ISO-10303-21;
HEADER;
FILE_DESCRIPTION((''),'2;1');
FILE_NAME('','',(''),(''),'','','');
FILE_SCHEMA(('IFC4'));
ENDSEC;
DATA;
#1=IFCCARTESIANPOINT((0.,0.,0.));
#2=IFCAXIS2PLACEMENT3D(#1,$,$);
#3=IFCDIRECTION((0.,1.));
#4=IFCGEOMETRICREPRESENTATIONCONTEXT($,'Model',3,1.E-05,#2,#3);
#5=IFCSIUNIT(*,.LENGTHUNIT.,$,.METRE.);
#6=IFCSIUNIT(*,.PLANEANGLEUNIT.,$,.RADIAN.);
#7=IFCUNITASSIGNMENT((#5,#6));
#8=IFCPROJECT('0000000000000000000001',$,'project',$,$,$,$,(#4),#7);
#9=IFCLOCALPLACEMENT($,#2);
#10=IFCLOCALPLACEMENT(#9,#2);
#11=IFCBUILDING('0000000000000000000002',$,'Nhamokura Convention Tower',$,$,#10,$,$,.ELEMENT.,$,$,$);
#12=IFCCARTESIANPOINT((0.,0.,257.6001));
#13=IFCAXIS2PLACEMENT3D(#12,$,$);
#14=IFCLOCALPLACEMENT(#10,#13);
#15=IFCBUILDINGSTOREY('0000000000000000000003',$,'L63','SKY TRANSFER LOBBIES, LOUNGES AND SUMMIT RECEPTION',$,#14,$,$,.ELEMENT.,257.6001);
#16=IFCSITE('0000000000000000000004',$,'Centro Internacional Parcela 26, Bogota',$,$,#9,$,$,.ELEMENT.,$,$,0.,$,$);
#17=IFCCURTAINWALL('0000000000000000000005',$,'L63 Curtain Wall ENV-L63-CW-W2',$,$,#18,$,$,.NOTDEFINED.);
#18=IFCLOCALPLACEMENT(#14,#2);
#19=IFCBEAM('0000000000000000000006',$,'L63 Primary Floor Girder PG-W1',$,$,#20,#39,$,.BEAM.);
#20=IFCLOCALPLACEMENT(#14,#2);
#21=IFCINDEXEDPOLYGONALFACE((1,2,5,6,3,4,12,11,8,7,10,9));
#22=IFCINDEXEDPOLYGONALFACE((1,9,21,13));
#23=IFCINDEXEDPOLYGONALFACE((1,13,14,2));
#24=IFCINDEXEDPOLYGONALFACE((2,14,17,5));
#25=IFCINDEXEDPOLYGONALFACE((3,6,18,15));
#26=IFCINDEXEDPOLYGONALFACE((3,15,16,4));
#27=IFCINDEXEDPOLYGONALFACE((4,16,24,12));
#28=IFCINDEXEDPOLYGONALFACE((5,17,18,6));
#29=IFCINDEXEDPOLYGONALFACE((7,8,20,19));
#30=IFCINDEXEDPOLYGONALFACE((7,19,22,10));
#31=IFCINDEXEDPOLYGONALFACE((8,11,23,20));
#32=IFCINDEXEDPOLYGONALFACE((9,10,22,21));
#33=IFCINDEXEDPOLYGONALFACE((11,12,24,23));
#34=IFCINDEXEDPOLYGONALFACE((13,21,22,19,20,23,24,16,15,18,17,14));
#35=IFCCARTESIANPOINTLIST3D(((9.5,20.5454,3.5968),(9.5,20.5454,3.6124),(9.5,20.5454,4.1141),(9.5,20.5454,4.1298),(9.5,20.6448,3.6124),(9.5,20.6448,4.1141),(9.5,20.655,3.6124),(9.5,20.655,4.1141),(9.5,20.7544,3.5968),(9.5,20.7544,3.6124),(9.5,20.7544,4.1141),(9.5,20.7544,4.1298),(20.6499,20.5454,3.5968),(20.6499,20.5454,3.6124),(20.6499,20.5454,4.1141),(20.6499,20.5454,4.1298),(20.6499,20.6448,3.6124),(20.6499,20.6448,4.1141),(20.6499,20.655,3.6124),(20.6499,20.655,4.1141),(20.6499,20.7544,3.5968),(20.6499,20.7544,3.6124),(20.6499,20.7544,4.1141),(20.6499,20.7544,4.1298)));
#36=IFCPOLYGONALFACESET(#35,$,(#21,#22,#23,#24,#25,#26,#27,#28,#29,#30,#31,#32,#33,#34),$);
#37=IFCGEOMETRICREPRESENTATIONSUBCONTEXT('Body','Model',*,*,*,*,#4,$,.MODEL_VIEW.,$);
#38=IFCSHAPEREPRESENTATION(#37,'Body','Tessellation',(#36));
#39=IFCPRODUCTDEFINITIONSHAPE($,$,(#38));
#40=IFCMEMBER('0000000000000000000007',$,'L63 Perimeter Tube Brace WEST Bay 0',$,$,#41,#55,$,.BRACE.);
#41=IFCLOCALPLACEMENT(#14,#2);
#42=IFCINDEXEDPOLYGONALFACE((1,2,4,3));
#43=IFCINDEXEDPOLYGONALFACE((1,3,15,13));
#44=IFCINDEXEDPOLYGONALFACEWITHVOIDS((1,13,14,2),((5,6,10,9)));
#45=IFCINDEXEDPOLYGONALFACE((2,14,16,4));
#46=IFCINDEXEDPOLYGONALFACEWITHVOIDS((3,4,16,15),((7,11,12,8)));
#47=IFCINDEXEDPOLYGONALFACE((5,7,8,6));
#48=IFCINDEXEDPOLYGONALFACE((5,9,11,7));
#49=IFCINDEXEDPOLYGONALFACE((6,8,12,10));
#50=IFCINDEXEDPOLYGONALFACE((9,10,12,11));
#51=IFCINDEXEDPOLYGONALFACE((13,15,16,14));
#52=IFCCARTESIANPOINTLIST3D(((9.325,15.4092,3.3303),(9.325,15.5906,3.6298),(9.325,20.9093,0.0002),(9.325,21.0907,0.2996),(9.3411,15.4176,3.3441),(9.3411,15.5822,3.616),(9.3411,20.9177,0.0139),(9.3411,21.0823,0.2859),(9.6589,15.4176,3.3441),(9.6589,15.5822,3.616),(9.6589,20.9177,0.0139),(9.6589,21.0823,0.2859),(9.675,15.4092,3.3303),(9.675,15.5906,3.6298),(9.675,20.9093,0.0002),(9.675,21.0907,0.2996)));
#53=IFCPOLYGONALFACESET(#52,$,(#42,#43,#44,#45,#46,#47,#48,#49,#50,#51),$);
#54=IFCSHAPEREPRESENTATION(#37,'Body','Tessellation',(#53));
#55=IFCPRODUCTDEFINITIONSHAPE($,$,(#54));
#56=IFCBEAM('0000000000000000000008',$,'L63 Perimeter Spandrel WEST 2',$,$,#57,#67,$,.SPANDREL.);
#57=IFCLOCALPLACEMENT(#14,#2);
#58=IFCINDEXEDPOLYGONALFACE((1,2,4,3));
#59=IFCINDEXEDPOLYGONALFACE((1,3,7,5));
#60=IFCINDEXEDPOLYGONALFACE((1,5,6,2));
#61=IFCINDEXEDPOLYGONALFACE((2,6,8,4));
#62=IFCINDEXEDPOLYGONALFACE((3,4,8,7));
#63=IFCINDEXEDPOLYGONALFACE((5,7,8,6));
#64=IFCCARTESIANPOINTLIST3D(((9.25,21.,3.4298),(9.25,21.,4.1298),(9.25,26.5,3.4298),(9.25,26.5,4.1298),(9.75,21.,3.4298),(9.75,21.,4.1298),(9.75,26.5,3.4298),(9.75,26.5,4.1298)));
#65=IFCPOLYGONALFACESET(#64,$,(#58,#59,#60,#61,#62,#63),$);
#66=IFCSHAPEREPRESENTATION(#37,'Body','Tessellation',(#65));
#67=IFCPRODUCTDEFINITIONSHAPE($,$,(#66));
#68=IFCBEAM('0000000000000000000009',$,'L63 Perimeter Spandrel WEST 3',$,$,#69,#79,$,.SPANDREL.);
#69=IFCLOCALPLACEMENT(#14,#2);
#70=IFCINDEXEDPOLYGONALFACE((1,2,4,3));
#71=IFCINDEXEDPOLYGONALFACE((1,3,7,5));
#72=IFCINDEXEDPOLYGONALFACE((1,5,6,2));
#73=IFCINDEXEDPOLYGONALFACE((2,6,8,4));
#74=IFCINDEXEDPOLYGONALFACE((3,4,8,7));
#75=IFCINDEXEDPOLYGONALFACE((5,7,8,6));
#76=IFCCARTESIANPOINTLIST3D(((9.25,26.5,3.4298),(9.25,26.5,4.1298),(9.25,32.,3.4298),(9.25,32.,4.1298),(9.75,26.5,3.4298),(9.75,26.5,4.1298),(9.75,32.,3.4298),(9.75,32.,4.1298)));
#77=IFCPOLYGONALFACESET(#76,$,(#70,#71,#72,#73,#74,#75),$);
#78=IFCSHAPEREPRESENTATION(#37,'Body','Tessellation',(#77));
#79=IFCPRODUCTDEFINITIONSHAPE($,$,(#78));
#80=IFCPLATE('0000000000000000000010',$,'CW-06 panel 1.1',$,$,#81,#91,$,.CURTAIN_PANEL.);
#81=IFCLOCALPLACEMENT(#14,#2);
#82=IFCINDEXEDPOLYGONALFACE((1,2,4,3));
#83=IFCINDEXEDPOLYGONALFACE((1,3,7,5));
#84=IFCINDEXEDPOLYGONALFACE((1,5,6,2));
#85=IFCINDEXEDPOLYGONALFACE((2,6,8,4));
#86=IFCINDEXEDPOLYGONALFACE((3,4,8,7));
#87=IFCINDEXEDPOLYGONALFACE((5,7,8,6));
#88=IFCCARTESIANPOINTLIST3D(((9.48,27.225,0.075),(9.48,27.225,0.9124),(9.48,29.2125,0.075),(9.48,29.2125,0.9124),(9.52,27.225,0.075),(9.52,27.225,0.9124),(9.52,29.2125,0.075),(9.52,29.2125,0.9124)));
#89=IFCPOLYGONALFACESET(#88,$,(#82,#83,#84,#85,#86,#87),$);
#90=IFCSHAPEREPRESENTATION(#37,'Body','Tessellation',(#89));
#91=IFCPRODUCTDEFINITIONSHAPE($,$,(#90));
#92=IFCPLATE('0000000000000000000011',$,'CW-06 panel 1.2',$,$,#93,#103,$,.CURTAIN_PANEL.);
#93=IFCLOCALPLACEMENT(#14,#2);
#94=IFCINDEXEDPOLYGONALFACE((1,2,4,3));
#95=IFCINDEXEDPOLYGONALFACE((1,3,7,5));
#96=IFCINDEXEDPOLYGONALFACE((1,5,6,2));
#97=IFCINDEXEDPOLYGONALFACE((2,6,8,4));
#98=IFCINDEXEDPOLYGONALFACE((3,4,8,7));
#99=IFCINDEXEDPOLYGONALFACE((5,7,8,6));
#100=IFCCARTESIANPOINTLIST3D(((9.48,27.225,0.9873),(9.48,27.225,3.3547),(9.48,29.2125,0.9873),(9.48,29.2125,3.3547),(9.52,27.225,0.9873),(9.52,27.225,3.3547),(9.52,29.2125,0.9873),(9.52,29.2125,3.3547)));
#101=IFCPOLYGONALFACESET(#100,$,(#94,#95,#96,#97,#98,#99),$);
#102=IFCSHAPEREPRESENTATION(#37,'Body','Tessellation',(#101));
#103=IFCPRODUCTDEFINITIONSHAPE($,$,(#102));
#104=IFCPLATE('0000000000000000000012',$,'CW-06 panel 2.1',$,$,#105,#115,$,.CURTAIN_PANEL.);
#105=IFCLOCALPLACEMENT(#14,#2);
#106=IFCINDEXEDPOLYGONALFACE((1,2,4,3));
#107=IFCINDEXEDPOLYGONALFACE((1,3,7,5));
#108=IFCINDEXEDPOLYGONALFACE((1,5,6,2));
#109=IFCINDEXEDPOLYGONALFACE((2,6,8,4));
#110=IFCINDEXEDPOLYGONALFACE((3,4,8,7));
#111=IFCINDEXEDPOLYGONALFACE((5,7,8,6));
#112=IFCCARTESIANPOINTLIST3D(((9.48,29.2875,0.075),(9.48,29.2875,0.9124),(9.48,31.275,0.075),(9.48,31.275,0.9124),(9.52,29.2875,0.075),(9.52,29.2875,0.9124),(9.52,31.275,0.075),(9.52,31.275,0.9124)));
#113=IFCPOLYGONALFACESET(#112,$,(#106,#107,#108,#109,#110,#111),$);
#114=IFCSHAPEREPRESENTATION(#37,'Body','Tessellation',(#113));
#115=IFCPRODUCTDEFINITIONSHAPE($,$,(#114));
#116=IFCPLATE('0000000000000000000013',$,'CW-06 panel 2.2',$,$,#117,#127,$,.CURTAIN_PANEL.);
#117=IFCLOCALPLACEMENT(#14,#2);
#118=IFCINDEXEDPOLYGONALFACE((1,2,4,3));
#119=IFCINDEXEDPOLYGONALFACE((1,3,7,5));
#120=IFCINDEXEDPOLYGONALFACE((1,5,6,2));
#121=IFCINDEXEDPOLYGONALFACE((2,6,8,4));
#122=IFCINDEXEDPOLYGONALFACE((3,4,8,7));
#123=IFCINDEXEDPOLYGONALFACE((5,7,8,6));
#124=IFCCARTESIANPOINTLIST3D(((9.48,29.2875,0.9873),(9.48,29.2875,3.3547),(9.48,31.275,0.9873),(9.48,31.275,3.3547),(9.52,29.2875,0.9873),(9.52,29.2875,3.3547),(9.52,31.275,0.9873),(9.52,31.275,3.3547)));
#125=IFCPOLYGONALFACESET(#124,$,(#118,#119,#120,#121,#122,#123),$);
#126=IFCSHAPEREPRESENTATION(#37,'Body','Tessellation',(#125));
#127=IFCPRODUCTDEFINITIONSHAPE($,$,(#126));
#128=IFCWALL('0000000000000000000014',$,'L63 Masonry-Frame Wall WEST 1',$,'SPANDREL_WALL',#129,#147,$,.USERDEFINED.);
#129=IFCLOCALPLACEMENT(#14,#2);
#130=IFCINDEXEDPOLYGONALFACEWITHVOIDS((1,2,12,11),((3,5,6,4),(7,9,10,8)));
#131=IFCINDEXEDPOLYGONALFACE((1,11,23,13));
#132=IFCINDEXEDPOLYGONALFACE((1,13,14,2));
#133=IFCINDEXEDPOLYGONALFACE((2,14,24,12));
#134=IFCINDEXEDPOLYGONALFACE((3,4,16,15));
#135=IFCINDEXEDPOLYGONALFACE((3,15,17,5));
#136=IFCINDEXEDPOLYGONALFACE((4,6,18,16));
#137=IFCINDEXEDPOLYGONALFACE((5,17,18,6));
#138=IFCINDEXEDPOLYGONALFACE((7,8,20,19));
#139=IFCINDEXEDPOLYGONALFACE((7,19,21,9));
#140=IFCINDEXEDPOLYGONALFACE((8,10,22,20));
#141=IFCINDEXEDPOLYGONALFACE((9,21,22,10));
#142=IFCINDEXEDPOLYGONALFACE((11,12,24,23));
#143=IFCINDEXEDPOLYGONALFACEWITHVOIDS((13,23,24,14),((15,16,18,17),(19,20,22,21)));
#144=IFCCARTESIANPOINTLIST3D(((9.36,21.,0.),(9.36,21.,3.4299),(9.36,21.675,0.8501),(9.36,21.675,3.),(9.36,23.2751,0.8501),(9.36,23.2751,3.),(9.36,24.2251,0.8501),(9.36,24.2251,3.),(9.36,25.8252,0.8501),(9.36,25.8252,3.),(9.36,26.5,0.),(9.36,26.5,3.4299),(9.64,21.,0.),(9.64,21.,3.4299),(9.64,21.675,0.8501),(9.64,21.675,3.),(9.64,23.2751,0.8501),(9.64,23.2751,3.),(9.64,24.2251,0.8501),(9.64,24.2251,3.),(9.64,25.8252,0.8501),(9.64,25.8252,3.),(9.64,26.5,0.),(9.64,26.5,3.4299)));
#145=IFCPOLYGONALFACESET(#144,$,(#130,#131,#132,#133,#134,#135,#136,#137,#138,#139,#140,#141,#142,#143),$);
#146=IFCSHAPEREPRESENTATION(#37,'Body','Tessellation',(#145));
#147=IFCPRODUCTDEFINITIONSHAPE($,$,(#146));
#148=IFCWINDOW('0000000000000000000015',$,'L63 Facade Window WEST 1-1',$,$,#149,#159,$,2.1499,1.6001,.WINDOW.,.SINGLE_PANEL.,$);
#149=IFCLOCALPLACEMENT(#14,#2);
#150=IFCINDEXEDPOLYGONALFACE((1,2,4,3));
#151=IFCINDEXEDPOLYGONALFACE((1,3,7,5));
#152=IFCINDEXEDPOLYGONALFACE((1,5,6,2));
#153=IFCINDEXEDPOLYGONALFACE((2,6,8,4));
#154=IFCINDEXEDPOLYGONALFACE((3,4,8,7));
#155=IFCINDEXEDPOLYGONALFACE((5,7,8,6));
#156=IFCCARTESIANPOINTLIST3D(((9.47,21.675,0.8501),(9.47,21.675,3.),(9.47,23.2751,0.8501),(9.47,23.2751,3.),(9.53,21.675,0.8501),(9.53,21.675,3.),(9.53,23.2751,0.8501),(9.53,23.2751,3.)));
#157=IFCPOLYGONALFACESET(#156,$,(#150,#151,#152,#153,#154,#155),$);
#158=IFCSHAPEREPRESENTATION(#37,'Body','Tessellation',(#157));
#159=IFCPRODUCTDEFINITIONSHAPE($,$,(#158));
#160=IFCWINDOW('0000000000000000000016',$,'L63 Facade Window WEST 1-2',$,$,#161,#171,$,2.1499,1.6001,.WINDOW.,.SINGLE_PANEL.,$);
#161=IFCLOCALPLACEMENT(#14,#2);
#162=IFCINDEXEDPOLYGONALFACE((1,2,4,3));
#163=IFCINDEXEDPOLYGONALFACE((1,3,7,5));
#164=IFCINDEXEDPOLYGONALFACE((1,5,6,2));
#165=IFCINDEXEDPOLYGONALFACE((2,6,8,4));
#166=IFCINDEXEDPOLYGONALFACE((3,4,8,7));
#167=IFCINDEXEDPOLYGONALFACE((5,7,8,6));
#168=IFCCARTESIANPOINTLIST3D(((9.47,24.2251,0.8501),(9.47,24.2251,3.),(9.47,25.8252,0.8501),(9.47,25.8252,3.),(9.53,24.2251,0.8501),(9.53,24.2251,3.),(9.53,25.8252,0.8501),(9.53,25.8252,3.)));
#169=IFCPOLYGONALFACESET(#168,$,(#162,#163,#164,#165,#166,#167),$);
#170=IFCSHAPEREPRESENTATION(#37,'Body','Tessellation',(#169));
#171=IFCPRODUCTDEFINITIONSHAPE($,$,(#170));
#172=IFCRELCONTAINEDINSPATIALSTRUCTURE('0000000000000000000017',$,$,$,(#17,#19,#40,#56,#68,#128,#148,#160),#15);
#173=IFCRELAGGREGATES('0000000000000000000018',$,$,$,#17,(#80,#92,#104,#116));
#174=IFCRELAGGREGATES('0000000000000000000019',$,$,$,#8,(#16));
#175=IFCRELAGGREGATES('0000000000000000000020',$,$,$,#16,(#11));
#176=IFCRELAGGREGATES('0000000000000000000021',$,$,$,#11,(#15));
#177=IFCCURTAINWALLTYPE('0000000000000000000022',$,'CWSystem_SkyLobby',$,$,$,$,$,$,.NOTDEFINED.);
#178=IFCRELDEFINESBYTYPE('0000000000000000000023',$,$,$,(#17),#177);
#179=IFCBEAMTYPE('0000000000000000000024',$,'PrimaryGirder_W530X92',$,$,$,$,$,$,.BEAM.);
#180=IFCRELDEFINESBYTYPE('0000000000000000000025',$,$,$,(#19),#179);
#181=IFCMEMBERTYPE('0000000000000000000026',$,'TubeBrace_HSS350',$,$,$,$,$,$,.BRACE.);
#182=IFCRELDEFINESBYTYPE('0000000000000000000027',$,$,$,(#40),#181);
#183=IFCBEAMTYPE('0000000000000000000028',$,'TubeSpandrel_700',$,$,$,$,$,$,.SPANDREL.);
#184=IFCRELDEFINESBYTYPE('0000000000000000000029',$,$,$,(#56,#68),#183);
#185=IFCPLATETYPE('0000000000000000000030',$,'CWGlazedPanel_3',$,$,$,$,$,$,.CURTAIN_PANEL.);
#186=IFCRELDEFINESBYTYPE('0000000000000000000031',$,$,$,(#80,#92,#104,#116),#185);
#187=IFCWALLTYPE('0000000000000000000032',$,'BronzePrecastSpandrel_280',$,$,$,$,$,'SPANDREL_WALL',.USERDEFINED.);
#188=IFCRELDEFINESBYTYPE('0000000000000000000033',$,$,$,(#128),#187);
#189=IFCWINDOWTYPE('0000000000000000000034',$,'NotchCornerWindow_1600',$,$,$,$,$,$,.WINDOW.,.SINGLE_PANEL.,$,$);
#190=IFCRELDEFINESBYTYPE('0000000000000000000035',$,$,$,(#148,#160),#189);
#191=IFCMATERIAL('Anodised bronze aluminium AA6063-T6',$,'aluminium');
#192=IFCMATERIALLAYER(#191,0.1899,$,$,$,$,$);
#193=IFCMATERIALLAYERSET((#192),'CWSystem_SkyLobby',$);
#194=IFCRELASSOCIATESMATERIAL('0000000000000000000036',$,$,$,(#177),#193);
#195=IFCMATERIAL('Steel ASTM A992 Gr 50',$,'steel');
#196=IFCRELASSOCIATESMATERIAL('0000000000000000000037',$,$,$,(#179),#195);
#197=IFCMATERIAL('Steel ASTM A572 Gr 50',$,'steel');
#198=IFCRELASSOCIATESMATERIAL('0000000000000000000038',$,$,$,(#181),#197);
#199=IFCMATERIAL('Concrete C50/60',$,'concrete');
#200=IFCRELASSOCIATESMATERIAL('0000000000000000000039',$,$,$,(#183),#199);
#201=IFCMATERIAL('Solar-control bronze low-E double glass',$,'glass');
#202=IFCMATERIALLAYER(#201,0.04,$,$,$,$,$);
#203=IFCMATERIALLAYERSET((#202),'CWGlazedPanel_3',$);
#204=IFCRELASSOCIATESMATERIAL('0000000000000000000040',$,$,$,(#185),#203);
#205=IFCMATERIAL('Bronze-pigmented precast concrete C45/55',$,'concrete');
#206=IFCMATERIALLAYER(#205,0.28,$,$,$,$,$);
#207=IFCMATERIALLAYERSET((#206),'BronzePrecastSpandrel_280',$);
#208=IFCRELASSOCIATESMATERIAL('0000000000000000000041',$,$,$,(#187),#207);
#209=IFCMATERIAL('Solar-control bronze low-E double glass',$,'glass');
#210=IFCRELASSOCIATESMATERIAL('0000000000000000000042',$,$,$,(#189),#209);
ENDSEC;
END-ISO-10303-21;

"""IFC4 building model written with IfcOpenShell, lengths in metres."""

from ifc_helpers import new_model, si_unit, direction, frame, frame_2d, origin, origin_2d, place, context, subcontext, project, spatial, rectangle, hollow_rectangle, i_section, extrude, material, layer, layer_set, material_profile, profile_set, type_object, element, fill, aggregate, save


model = new_model("IFC4")

# Units and contexts
model_context = context("Model", 3, precision=1e-05, world=origin(), true_north=direction((0.0, 1.0)))
body_context = subcontext(model_context, "Body", "Model", "MODEL_VIEW")
ifc_project = project(units=[si_unit("LENGTHUNIT", "METRE"), si_unit("PLANEANGLEUNIT", "RADIAN")], contexts=[model_context])

# Site, building, storey
site_placement = place(None, origin())
site = spatial("IfcSite", under=ifc_project, at=site_placement, Name="Centro Internacional Parcela 26, Bogota", CompositionType="ELEMENT", RefElevation=0.0)
building_placement = place(site_placement, origin())
building = spatial("IfcBuilding", under=site, at=building_placement, Name="Nhamokura Convention Tower", CompositionType="ELEMENT")
storey_placement = place(building_placement, frame((0.0, 0.0, 257.6001)))
storey = spatial("IfcBuildingStorey", under=building, at=storey_placement, Name="L63", Description="SKY TRANSFER LOBBIES, LOUNGES AND SUMMIT RECEPTION", CompositionType="ELEMENT", Elevation=257.6001)

# Curtain wall
ifc_material_1 = material(Name="Anodised bronze aluminium AA6063-T6", Category="aluminium")
ifc_layer_1 = layer(ifc_material_1, 0.1899)
ifc_layer_set_1 = layer_set([ifc_layer_1], Name="CWSystem_SkyLobby")
curtain_wall_type = type_object("IfcCurtainWallType", Name="CWSystem_SkyLobby", PredefinedType="NOTDEFINED", material=ifc_layer_set_1)
curtain_wall_placement = place(storey_placement, origin())
curtain_wall = element("IfcCurtainWall", 1, at=curtain_wall_placement, inside=storey, type_object=curtain_wall_type, Name="L63 Curtain Wall ENV-L63-CW-W2", PredefinedType="NOTDEFINED")

# Beam
ifc_material_2 = material(Name="Steel ASTM A992 Gr 50", Category="steel")
ifc_material_profile_1 = material_profile(ifc_material_2, i_section(OverallWidth=0.209, OverallDepth=0.533, WebThickness=0.0103, FlangeThickness=0.0156, at=origin_2d()))
ifc_profile_set_1 = profile_set([ifc_material_profile_1], Name="Steel ASTM A992 Gr 50")
beam_type_1 = type_object("IfcBeamType", Name="PrimaryGirder_W530X92", PredefinedType="BEAM", material=ifc_profile_set_1)
beam_1_placement = place(storey_placement, frame((9.5, 20.6499, 3.8633), z_axis=(1.0, 0.0, 0.0), x_axis=(0.0, 1.0, 0.0)))
element("IfcBeam", 2, at=beam_1_placement, inside=storey, type_object=beam_type_1, Name="L63 Primary Floor Girder PG-W1", PredefinedType="BEAM", context=body_context, shape_type="SweptSolid", body=[
    extrude(i_section(OverallWidth=0.209, OverallDepth=0.533, WebThickness=0.0103, FlangeThickness=0.0156, at=origin_2d()), origin(), (0.0, 0.0, 1.0), 11.1499),
])

# Member
ifc_material_3 = material(Name="Steel ASTM A572 Gr 50", Category="steel")
ifc_material_profile_2 = material_profile(ifc_material_3, hollow_rectangle(XDim=0.3501, YDim=0.3501, WallThickness=0.0161, at=origin_2d()))
ifc_profile_set_2 = profile_set([ifc_material_profile_2], Name="Steel ASTM A572 Gr 50")
member_type_1 = type_object("IfcMemberType", Name="TubeBrace_HSS350", PredefinedType="BRACE", material=ifc_profile_set_2)
member_1_placement = place(storey_placement, frame((9.5, 21.0, 0.1499), z_axis=(0.0, -0.855422, 0.517931), x_axis=(1.0, 0.0, 0.0)))
element("IfcMember", 3, at=member_1_placement, inside=storey, type_object=member_type_1, Name="L63 Perimeter Tube Brace WEST Bay 0", PredefinedType="BRACE", context=body_context, shape_type="SweptSolid", body=[
    extrude(hollow_rectangle(XDim=0.3501, YDim=0.3501, WallThickness=0.0161, at=origin_2d()), origin(), (0.0, 0.0, 1.0), 6.4297),
])

# Beams
ifc_material_4 = material(Name="Concrete C50/60", Category="concrete")
ifc_material_profile_3 = material_profile(ifc_material_4, rectangle(XDim=0.5, YDim=0.7, at=origin_2d()))
ifc_profile_set_3 = profile_set([ifc_material_profile_3], Name="Concrete C50/60")
beam_type_2 = type_object("IfcBeamType", Name="TubeSpandrel_700", PredefinedType="SPANDREL", material=ifc_profile_set_3)
for number, where, z_axis, x_axis, name in (
    (4, (9.5, 21.0, 3.7798), (0.0, 1.0, 0.0), (-1.0, 0.0, 0.0), "L63 Perimeter Spandrel WEST 2"),
    (5, (9.5, 26.5, 3.7798), (0.0, 1.0, 0.0), (-1.0, 0.0, 0.0), "L63 Perimeter Spandrel WEST 3"),
):
    element("IfcBeam", number, at=place(storey_placement, frame(where, z_axis=z_axis, x_axis=x_axis)), inside=storey, type_object=beam_type_2, Name=name, PredefinedType="SPANDREL", context=body_context, shape_type="SweptSolid", body=[
        extrude(rectangle(XDim=0.5, YDim=0.7, at=origin_2d()), origin(), (0.0, 0.0, 1.0), 5.5),
    ])

# Plates
ifc_material_5 = material(Name="Solar-control bronze low-E double glass", Category="glass")
ifc_layer_2 = layer(ifc_material_5, 0.04)
ifc_layer_set_2 = layer_set([ifc_layer_2], Name="CWGlazedPanel_3")
plate_type = type_object("IfcPlateType", Name="CWGlazedPanel_3", PredefinedType="CURTAIN_PANEL", material=ifc_layer_set_2)
plate_1_placement = place(storey_placement, frame((9.5, 28.2188, 0.075), z_axis=(0.0, 0.0, 1.0), x_axis=(0.0, 1.0, 0.0)))
plate_1 = element("IfcPlate", 6, at=plate_1_placement, type_object=plate_type, Name="CW-06 panel 1.1", PredefinedType="CURTAIN_PANEL", context=body_context, shape_type="SweptSolid", body=[
    extrude(rectangle(XDim=1.9875, YDim=0.04, at=origin_2d()), origin(), (0.0, 0.0, 1.0), 0.8374),
])
plate_2_placement = place(storey_placement, frame((9.5, 28.2188, 0.9873), z_axis=(0.0, 0.0, 1.0), x_axis=(0.0, 1.0, 0.0)))
plate_2 = element("IfcPlate", 7, at=plate_2_placement, type_object=plate_type, Name="CW-06 panel 1.2", PredefinedType="CURTAIN_PANEL", context=body_context, shape_type="SweptSolid", body=[
    extrude(rectangle(XDim=1.9875, YDim=0.04, at=origin_2d()), origin(), (0.0, 0.0, 1.0), 2.3674),
])
plate_3_placement = place(storey_placement, frame((9.5, 30.2812, 0.075), z_axis=(0.0, 0.0, 1.0), x_axis=(0.0, 1.0, 0.0)))
plate_3 = element("IfcPlate", 8, at=plate_3_placement, type_object=plate_type, Name="CW-06 panel 2.1", PredefinedType="CURTAIN_PANEL", context=body_context, shape_type="SweptSolid", body=[
    extrude(rectangle(XDim=1.9875, YDim=0.04, at=origin_2d()), origin(), (0.0, 0.0, 1.0), 0.8374),
])
plate_4_placement = place(storey_placement, frame((9.5, 30.2812, 0.9873), z_axis=(0.0, 0.0, 1.0), x_axis=(0.0, 1.0, 0.0)))
plate_4 = element("IfcPlate", 9, at=plate_4_placement, type_object=plate_type, Name="CW-06 panel 2.2", PredefinedType="CURTAIN_PANEL", context=body_context, shape_type="SweptSolid", body=[
    extrude(rectangle(XDim=1.9875, YDim=0.04, at=origin_2d()), origin(), (0.0, 0.0, 1.0), 2.3674),
])
aggregate(curtain_wall, [plate_1, plate_2, plate_3, plate_4])

# Wall, openings, windows
ifc_material_6 = material(Name="Bronze-pigmented precast concrete C45/55", Category="concrete")
ifc_layer_3 = layer(ifc_material_6, 0.28)
ifc_layer_set_3 = layer_set([ifc_layer_3], Name="BronzePrecastSpandrel_280")
wall_type_1 = type_object("IfcWallType", Name="BronzePrecastSpandrel_280", ElementType="SPANDREL_WALL", PredefinedType="USERDEFINED", material=ifc_layer_set_3)
wall_1_placement = place(storey_placement, frame((9.5, 21.0, 0.0), z_axis=(0.0, 0.0, 1.0), x_axis=(0.0, 1.0, 0.0)))
wall_1 = element("IfcWall", 10, at=wall_1_placement, inside=storey, type_object=wall_type_1, Name="L63 Masonry-Frame Wall WEST 1", ObjectType="SPANDREL_WALL", PredefinedType="USERDEFINED", context=body_context, shape_type="SweptSolid", body=[
    extrude(rectangle(XDim=5.5, YDim=0.28, at=frame_2d((2.75, 0.0))), origin(), (0.0, 0.0, 1.0), 3.4299),
])
opening_1_placement = place(wall_1_placement, frame((0.675, 0.0, 0.8501)))
opening_1 = element("IfcOpeningElement", 11, at=opening_1_placement, cuts=wall_1, PredefinedType="OPENING", context=body_context, shape_type="SweptSolid", body=[
    extrude(rectangle(XDim=1.6001, YDim=2.1499, at=frame_2d((0.8, 1.075))), frame((0.0, 0.1499, 0.0), z_axis=(0.0, -1.0, 0.0), x_axis=(1.0, 0.0, 0.0)), (0.0, 0.0, 1.0), 0.3),
])
opening_2_placement = place(wall_1_placement, frame((3.2251, 0.0, 0.8501)))
opening_2 = element("IfcOpeningElement", 12, at=opening_2_placement, cuts=wall_1, PredefinedType="OPENING", context=body_context, shape_type="SweptSolid", body=[
    extrude(rectangle(XDim=1.6001, YDim=2.1499, at=frame_2d((0.8, 1.075))), frame((0.0, 0.1499, 0.0), z_axis=(0.0, -1.0, 0.0), x_axis=(1.0, 0.0, 0.0)), (0.0, 0.0, 1.0), 0.3),
])
ifc_material_7 = material(Name="Solar-control bronze low-E double glass", Category="glass")
window_type = type_object("IfcWindowType", Name="NotchCornerWindow_1600", PartitioningType="SINGLE_PANEL", PredefinedType="WINDOW", material=ifc_material_7)
window_1_placement = place(opening_1_placement, origin())
window_1 = element("IfcWindow", 13, at=window_1_placement, inside=storey, type_object=window_type, Name="L63 Facade Window WEST 1-1", OverallHeight=2.1499, OverallWidth=1.6001, PartitioningType="SINGLE_PANEL", PredefinedType="WINDOW", context=body_context, shape_type="SweptSolid", body=[
    extrude(rectangle(XDim=1.6001, YDim=2.1499, at=frame_2d((0.8, 1.075))), frame((0.0, 0.03, 0.0), z_axis=(0.0, -1.0, 0.0), x_axis=(1.0, 0.0, 0.0)), (0.0, 0.0, 1.0), 0.0601),
])
fill(opening_1, window_1)
window_2_placement = place(opening_2_placement, origin())
window_2 = element("IfcWindow", 14, at=window_2_placement, inside=storey, type_object=window_type, Name="L63 Facade Window WEST 1-2", OverallHeight=2.1499, OverallWidth=1.6001, PartitioningType="SINGLE_PANEL", PredefinedType="WINDOW", context=body_context, shape_type="SweptSolid", body=[
    extrude(rectangle(XDim=1.6001, YDim=2.1499, at=frame_2d((0.8, 1.075))), frame((0.0, 0.03, 0.0), z_axis=(0.0, -1.0, 0.0), x_axis=(1.0, 0.0, 0.0)), (0.0, 0.0, 1.0), 0.0601),
])
fill(opening_2, window_2)

save(model, "model.ifc")
